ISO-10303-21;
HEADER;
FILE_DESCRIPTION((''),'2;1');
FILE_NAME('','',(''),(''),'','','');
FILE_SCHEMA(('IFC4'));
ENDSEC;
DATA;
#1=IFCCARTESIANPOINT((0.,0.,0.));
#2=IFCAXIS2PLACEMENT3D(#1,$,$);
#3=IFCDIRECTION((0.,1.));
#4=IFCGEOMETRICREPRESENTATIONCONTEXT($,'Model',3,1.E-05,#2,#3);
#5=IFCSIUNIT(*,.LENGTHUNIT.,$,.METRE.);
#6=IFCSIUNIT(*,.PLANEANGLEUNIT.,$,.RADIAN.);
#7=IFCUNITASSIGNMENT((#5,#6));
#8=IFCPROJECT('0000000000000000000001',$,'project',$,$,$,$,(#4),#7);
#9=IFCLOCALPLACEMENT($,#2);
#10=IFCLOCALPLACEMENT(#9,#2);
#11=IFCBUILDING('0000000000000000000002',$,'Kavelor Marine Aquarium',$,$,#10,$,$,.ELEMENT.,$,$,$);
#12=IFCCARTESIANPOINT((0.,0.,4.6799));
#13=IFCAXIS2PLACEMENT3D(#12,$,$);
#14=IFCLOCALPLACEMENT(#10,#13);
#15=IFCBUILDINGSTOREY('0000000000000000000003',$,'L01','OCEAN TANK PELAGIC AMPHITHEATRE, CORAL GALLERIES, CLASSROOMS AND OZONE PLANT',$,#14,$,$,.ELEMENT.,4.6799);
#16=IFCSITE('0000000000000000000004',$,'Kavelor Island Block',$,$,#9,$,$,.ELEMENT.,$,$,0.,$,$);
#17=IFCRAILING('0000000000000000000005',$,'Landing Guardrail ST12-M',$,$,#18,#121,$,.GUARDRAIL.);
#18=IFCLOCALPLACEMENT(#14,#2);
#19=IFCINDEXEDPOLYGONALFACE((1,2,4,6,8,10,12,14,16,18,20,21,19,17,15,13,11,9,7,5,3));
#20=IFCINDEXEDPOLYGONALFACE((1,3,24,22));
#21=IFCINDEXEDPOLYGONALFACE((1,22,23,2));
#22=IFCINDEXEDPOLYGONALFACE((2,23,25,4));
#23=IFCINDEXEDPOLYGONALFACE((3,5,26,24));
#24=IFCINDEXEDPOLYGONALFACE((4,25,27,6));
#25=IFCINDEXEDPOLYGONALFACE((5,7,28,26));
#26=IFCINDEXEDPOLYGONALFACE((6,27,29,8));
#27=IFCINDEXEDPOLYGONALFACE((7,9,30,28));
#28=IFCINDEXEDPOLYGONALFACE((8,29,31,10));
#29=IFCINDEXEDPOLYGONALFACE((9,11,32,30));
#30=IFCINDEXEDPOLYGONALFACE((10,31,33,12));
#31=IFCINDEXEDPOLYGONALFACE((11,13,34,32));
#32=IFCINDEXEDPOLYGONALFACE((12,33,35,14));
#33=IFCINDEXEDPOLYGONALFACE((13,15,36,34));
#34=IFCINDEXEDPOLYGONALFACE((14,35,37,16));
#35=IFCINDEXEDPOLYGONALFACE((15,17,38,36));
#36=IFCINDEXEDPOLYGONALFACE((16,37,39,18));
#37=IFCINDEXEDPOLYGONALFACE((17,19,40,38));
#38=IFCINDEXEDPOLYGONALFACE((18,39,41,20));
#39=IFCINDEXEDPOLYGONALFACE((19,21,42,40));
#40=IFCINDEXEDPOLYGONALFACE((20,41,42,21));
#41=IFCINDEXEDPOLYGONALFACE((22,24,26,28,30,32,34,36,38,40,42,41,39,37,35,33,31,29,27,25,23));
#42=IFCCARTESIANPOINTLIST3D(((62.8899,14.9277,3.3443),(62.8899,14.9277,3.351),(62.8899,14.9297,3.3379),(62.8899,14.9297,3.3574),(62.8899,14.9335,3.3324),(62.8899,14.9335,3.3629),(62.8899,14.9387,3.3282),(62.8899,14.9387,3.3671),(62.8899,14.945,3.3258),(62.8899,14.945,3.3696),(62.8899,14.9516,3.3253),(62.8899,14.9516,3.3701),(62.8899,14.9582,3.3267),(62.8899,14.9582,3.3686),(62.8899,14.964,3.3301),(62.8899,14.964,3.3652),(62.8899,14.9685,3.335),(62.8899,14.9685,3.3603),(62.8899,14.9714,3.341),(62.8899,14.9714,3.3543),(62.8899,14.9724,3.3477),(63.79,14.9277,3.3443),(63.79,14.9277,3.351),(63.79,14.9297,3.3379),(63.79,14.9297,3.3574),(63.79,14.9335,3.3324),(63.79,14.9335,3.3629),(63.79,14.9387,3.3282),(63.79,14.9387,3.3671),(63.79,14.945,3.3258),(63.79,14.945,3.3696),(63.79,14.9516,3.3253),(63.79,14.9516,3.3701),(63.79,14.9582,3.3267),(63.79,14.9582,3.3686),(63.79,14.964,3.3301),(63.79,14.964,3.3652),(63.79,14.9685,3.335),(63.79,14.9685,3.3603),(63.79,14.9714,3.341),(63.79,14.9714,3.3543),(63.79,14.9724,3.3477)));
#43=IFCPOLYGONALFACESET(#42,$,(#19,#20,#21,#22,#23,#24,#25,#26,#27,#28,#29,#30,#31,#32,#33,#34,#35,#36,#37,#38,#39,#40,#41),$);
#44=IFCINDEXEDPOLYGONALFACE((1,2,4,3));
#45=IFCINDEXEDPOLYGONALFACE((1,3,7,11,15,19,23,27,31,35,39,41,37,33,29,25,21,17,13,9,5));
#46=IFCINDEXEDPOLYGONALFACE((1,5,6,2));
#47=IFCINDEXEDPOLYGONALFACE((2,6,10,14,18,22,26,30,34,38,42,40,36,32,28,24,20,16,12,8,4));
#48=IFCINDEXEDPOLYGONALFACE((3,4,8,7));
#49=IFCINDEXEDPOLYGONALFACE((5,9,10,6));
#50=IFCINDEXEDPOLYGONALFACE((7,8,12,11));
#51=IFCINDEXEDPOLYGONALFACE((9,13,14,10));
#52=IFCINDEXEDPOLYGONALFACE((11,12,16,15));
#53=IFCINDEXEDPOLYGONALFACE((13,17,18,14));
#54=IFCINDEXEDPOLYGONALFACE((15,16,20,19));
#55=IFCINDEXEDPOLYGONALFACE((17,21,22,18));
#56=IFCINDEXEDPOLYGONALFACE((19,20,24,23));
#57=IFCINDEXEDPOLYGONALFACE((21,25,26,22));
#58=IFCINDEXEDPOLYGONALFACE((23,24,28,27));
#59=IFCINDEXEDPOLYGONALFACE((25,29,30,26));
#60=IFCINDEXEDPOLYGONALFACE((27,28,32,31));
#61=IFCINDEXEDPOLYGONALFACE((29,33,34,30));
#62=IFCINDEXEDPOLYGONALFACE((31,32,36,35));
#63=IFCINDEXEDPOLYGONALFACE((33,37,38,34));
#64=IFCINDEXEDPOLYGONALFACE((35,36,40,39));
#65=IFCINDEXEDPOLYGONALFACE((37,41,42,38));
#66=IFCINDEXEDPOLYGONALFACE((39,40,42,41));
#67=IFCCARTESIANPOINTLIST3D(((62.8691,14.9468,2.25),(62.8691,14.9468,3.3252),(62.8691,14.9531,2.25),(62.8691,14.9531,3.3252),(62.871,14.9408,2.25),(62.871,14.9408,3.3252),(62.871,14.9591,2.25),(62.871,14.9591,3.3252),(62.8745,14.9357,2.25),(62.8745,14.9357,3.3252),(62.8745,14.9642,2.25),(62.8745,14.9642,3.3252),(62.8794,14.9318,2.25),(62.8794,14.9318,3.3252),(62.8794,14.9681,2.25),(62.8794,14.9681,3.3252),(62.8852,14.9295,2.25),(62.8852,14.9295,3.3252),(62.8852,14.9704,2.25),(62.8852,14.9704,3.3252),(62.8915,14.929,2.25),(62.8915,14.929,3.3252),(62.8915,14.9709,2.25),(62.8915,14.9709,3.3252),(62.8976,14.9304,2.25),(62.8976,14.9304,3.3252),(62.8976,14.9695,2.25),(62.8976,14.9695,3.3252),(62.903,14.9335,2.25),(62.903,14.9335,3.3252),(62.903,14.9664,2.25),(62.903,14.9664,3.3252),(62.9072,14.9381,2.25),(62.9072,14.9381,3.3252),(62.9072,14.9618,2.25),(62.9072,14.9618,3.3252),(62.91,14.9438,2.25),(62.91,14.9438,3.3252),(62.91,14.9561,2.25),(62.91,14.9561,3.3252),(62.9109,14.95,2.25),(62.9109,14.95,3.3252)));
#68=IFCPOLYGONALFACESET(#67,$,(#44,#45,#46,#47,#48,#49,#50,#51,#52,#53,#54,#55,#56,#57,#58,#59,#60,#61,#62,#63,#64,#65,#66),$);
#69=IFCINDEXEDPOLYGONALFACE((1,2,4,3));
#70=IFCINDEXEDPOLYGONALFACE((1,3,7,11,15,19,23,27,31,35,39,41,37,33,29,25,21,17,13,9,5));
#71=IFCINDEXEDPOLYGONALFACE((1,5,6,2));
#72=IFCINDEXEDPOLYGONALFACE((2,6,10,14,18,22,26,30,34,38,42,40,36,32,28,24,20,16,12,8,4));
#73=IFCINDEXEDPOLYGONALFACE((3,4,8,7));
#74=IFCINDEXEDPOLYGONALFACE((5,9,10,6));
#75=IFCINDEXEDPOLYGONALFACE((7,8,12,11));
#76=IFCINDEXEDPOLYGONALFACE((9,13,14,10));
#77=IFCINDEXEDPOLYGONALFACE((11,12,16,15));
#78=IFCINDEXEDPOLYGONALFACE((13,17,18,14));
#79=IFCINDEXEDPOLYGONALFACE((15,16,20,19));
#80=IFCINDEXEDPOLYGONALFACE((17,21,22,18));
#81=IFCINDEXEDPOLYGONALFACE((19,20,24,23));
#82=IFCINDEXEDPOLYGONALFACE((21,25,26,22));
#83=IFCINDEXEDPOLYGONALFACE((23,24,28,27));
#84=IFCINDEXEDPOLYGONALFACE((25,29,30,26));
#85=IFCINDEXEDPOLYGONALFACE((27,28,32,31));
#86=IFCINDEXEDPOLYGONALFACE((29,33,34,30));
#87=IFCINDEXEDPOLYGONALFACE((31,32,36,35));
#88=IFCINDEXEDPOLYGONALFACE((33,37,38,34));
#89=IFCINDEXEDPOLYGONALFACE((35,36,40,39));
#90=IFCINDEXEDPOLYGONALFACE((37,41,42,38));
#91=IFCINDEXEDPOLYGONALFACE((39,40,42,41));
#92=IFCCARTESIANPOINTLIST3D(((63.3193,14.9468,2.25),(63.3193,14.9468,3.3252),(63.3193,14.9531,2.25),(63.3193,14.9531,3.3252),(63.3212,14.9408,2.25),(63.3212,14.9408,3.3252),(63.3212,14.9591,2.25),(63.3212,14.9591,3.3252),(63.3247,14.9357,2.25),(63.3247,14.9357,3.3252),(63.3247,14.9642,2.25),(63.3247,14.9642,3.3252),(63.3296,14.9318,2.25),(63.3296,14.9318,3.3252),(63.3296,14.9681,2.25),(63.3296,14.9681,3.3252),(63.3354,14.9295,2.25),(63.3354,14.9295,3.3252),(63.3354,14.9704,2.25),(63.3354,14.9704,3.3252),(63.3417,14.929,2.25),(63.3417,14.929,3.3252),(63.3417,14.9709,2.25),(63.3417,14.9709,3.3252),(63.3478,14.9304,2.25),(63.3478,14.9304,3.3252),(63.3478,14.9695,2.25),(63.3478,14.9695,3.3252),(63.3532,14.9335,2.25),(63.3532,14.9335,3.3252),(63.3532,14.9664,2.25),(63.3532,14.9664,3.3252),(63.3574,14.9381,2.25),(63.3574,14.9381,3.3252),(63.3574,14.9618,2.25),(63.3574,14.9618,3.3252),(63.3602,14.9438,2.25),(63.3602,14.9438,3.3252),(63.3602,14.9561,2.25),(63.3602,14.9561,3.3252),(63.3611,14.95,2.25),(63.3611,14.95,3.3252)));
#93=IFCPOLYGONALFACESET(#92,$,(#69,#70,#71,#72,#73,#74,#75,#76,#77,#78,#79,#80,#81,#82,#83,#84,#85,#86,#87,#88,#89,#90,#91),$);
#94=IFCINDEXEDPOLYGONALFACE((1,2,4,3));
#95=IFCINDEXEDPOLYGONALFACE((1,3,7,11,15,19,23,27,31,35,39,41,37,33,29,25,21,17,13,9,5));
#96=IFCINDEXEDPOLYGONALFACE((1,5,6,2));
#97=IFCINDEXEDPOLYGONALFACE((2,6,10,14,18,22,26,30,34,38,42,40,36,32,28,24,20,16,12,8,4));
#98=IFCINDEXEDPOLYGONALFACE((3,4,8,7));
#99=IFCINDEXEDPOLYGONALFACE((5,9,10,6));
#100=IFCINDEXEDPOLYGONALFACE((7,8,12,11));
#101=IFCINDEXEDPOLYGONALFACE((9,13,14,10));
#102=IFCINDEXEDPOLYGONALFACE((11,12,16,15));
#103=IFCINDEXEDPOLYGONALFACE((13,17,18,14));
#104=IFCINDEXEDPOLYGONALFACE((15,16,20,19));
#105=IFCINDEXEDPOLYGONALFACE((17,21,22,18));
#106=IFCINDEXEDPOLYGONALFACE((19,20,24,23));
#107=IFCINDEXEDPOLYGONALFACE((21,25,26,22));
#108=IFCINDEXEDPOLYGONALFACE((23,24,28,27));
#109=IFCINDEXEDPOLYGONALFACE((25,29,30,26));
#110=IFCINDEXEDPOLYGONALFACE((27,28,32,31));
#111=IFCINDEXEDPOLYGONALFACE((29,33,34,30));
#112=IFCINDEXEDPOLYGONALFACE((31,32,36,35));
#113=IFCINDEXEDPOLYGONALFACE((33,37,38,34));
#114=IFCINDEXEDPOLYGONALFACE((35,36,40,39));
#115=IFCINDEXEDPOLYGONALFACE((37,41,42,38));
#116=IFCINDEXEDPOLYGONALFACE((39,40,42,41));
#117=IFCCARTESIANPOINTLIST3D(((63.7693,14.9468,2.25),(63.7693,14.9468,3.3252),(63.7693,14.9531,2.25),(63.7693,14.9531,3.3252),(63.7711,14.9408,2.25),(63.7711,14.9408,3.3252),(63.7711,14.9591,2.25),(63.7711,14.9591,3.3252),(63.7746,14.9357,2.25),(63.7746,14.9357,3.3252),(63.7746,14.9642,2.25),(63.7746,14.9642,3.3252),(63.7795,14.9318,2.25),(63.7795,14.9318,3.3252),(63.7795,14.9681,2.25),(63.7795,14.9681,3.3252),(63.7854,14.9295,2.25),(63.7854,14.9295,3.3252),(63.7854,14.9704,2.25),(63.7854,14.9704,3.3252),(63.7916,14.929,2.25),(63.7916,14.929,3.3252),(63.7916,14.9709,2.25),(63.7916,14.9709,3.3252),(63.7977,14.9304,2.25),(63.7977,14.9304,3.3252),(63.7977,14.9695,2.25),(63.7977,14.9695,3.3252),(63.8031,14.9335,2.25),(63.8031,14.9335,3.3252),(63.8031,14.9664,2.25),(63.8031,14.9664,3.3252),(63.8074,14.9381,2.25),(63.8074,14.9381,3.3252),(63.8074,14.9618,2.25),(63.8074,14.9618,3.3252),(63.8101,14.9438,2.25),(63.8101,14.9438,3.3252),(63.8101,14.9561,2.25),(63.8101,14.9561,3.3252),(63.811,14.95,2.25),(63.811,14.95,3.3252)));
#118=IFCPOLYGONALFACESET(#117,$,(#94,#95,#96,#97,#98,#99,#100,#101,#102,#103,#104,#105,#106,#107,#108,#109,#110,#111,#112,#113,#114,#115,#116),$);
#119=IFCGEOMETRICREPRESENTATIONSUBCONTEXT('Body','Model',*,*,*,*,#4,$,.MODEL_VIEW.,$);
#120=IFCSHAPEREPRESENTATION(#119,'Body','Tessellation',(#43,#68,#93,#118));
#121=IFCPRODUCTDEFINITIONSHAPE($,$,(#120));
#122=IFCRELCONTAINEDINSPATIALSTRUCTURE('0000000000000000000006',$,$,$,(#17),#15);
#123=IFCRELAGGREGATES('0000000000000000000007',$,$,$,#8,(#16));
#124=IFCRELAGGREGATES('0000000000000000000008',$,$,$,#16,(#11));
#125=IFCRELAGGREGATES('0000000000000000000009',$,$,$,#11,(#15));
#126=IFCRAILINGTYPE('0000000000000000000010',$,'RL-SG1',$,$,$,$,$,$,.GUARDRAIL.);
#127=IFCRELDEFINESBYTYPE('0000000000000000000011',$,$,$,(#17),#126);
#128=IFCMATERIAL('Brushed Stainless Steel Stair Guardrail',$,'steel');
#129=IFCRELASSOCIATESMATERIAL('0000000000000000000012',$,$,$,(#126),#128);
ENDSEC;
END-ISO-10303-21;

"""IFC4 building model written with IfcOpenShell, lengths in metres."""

from ifc_helpers import new_model, si_unit, direction, frame, origin, origin_2d, place, context, subcontext, project, spatial, circle, extrude, material, type_object, element, save


model = new_model("IFC4")

# Units and contexts
model_context = context("Model", 3, precision=1e-05, world=origin(), true_north=direction((0.0, 1.0)))
body_context = subcontext(model_context, "Body", "Model", "MODEL_VIEW")
ifc_project = project(units=[si_unit("LENGTHUNIT", "METRE"), si_unit("PLANEANGLEUNIT", "RADIAN")], contexts=[model_context])

# Site, building, storey
site_placement = place(None, origin())
site = spatial("IfcSite", under=ifc_project, at=site_placement, Name="Kavelor Island Block", CompositionType="ELEMENT", RefElevation=0.0)
building_placement = place(site_placement, origin())
building = spatial("IfcBuilding", under=site, at=building_placement, Name="Kavelor Marine Aquarium", CompositionType="ELEMENT")
storey_placement = place(building_placement, frame((0.0, 0.0, 4.6799)))
storey = spatial("IfcBuildingStorey", under=building, at=storey_placement, Name="L01", Description="OCEAN TANK PELAGIC AMPHITHEATRE, CORAL GALLERIES, CLASSROOMS AND OZONE PLANT", CompositionType="ELEMENT", Elevation=4.6799)

# Railing
ifc_material_1 = material(Name="Brushed Stainless Steel Stair Guardrail", Category="steel")
railing_type_1 = type_object("IfcRailingType", Name="RL-SG1", PredefinedType="GUARDRAIL", material=ifc_material_1)
railing_1_placement = place(storey_placement, frame((62.8899, 14.95, 2.25)))
element("IfcRailing", 1, at=railing_1_placement, inside=storey, type_object=railing_type_1, Name="Landing Guardrail ST12-M", PredefinedType="GUARDRAIL", context=body_context, shape_type="SweptSolid", body=[
    extrude(circle(Radius=0.0225, at=origin_2d()), frame((0.0, 0.0, 1.0977), z_axis=(1.0, 0.0, 0.0), x_axis=(0.0, 1.0, 0.0)), (0.0, 0.0, 1.0), 0.9001),
    extrude(circle(Radius=0.021, at=origin_2d()), origin(), (0.0, 0.0, 1.0), 1.0752),
    extrude(circle(Radius=0.021, at=origin_2d()), frame((0.4502, 0.0, 0.0)), (0.0, 0.0, 1.0), 1.0752),
    extrude(circle(Radius=0.021, at=origin_2d()), frame((0.9001, 0.0, 0.0)), (0.0, 0.0, 1.0), 1.0752),
])

save(model, "model.ifc")
